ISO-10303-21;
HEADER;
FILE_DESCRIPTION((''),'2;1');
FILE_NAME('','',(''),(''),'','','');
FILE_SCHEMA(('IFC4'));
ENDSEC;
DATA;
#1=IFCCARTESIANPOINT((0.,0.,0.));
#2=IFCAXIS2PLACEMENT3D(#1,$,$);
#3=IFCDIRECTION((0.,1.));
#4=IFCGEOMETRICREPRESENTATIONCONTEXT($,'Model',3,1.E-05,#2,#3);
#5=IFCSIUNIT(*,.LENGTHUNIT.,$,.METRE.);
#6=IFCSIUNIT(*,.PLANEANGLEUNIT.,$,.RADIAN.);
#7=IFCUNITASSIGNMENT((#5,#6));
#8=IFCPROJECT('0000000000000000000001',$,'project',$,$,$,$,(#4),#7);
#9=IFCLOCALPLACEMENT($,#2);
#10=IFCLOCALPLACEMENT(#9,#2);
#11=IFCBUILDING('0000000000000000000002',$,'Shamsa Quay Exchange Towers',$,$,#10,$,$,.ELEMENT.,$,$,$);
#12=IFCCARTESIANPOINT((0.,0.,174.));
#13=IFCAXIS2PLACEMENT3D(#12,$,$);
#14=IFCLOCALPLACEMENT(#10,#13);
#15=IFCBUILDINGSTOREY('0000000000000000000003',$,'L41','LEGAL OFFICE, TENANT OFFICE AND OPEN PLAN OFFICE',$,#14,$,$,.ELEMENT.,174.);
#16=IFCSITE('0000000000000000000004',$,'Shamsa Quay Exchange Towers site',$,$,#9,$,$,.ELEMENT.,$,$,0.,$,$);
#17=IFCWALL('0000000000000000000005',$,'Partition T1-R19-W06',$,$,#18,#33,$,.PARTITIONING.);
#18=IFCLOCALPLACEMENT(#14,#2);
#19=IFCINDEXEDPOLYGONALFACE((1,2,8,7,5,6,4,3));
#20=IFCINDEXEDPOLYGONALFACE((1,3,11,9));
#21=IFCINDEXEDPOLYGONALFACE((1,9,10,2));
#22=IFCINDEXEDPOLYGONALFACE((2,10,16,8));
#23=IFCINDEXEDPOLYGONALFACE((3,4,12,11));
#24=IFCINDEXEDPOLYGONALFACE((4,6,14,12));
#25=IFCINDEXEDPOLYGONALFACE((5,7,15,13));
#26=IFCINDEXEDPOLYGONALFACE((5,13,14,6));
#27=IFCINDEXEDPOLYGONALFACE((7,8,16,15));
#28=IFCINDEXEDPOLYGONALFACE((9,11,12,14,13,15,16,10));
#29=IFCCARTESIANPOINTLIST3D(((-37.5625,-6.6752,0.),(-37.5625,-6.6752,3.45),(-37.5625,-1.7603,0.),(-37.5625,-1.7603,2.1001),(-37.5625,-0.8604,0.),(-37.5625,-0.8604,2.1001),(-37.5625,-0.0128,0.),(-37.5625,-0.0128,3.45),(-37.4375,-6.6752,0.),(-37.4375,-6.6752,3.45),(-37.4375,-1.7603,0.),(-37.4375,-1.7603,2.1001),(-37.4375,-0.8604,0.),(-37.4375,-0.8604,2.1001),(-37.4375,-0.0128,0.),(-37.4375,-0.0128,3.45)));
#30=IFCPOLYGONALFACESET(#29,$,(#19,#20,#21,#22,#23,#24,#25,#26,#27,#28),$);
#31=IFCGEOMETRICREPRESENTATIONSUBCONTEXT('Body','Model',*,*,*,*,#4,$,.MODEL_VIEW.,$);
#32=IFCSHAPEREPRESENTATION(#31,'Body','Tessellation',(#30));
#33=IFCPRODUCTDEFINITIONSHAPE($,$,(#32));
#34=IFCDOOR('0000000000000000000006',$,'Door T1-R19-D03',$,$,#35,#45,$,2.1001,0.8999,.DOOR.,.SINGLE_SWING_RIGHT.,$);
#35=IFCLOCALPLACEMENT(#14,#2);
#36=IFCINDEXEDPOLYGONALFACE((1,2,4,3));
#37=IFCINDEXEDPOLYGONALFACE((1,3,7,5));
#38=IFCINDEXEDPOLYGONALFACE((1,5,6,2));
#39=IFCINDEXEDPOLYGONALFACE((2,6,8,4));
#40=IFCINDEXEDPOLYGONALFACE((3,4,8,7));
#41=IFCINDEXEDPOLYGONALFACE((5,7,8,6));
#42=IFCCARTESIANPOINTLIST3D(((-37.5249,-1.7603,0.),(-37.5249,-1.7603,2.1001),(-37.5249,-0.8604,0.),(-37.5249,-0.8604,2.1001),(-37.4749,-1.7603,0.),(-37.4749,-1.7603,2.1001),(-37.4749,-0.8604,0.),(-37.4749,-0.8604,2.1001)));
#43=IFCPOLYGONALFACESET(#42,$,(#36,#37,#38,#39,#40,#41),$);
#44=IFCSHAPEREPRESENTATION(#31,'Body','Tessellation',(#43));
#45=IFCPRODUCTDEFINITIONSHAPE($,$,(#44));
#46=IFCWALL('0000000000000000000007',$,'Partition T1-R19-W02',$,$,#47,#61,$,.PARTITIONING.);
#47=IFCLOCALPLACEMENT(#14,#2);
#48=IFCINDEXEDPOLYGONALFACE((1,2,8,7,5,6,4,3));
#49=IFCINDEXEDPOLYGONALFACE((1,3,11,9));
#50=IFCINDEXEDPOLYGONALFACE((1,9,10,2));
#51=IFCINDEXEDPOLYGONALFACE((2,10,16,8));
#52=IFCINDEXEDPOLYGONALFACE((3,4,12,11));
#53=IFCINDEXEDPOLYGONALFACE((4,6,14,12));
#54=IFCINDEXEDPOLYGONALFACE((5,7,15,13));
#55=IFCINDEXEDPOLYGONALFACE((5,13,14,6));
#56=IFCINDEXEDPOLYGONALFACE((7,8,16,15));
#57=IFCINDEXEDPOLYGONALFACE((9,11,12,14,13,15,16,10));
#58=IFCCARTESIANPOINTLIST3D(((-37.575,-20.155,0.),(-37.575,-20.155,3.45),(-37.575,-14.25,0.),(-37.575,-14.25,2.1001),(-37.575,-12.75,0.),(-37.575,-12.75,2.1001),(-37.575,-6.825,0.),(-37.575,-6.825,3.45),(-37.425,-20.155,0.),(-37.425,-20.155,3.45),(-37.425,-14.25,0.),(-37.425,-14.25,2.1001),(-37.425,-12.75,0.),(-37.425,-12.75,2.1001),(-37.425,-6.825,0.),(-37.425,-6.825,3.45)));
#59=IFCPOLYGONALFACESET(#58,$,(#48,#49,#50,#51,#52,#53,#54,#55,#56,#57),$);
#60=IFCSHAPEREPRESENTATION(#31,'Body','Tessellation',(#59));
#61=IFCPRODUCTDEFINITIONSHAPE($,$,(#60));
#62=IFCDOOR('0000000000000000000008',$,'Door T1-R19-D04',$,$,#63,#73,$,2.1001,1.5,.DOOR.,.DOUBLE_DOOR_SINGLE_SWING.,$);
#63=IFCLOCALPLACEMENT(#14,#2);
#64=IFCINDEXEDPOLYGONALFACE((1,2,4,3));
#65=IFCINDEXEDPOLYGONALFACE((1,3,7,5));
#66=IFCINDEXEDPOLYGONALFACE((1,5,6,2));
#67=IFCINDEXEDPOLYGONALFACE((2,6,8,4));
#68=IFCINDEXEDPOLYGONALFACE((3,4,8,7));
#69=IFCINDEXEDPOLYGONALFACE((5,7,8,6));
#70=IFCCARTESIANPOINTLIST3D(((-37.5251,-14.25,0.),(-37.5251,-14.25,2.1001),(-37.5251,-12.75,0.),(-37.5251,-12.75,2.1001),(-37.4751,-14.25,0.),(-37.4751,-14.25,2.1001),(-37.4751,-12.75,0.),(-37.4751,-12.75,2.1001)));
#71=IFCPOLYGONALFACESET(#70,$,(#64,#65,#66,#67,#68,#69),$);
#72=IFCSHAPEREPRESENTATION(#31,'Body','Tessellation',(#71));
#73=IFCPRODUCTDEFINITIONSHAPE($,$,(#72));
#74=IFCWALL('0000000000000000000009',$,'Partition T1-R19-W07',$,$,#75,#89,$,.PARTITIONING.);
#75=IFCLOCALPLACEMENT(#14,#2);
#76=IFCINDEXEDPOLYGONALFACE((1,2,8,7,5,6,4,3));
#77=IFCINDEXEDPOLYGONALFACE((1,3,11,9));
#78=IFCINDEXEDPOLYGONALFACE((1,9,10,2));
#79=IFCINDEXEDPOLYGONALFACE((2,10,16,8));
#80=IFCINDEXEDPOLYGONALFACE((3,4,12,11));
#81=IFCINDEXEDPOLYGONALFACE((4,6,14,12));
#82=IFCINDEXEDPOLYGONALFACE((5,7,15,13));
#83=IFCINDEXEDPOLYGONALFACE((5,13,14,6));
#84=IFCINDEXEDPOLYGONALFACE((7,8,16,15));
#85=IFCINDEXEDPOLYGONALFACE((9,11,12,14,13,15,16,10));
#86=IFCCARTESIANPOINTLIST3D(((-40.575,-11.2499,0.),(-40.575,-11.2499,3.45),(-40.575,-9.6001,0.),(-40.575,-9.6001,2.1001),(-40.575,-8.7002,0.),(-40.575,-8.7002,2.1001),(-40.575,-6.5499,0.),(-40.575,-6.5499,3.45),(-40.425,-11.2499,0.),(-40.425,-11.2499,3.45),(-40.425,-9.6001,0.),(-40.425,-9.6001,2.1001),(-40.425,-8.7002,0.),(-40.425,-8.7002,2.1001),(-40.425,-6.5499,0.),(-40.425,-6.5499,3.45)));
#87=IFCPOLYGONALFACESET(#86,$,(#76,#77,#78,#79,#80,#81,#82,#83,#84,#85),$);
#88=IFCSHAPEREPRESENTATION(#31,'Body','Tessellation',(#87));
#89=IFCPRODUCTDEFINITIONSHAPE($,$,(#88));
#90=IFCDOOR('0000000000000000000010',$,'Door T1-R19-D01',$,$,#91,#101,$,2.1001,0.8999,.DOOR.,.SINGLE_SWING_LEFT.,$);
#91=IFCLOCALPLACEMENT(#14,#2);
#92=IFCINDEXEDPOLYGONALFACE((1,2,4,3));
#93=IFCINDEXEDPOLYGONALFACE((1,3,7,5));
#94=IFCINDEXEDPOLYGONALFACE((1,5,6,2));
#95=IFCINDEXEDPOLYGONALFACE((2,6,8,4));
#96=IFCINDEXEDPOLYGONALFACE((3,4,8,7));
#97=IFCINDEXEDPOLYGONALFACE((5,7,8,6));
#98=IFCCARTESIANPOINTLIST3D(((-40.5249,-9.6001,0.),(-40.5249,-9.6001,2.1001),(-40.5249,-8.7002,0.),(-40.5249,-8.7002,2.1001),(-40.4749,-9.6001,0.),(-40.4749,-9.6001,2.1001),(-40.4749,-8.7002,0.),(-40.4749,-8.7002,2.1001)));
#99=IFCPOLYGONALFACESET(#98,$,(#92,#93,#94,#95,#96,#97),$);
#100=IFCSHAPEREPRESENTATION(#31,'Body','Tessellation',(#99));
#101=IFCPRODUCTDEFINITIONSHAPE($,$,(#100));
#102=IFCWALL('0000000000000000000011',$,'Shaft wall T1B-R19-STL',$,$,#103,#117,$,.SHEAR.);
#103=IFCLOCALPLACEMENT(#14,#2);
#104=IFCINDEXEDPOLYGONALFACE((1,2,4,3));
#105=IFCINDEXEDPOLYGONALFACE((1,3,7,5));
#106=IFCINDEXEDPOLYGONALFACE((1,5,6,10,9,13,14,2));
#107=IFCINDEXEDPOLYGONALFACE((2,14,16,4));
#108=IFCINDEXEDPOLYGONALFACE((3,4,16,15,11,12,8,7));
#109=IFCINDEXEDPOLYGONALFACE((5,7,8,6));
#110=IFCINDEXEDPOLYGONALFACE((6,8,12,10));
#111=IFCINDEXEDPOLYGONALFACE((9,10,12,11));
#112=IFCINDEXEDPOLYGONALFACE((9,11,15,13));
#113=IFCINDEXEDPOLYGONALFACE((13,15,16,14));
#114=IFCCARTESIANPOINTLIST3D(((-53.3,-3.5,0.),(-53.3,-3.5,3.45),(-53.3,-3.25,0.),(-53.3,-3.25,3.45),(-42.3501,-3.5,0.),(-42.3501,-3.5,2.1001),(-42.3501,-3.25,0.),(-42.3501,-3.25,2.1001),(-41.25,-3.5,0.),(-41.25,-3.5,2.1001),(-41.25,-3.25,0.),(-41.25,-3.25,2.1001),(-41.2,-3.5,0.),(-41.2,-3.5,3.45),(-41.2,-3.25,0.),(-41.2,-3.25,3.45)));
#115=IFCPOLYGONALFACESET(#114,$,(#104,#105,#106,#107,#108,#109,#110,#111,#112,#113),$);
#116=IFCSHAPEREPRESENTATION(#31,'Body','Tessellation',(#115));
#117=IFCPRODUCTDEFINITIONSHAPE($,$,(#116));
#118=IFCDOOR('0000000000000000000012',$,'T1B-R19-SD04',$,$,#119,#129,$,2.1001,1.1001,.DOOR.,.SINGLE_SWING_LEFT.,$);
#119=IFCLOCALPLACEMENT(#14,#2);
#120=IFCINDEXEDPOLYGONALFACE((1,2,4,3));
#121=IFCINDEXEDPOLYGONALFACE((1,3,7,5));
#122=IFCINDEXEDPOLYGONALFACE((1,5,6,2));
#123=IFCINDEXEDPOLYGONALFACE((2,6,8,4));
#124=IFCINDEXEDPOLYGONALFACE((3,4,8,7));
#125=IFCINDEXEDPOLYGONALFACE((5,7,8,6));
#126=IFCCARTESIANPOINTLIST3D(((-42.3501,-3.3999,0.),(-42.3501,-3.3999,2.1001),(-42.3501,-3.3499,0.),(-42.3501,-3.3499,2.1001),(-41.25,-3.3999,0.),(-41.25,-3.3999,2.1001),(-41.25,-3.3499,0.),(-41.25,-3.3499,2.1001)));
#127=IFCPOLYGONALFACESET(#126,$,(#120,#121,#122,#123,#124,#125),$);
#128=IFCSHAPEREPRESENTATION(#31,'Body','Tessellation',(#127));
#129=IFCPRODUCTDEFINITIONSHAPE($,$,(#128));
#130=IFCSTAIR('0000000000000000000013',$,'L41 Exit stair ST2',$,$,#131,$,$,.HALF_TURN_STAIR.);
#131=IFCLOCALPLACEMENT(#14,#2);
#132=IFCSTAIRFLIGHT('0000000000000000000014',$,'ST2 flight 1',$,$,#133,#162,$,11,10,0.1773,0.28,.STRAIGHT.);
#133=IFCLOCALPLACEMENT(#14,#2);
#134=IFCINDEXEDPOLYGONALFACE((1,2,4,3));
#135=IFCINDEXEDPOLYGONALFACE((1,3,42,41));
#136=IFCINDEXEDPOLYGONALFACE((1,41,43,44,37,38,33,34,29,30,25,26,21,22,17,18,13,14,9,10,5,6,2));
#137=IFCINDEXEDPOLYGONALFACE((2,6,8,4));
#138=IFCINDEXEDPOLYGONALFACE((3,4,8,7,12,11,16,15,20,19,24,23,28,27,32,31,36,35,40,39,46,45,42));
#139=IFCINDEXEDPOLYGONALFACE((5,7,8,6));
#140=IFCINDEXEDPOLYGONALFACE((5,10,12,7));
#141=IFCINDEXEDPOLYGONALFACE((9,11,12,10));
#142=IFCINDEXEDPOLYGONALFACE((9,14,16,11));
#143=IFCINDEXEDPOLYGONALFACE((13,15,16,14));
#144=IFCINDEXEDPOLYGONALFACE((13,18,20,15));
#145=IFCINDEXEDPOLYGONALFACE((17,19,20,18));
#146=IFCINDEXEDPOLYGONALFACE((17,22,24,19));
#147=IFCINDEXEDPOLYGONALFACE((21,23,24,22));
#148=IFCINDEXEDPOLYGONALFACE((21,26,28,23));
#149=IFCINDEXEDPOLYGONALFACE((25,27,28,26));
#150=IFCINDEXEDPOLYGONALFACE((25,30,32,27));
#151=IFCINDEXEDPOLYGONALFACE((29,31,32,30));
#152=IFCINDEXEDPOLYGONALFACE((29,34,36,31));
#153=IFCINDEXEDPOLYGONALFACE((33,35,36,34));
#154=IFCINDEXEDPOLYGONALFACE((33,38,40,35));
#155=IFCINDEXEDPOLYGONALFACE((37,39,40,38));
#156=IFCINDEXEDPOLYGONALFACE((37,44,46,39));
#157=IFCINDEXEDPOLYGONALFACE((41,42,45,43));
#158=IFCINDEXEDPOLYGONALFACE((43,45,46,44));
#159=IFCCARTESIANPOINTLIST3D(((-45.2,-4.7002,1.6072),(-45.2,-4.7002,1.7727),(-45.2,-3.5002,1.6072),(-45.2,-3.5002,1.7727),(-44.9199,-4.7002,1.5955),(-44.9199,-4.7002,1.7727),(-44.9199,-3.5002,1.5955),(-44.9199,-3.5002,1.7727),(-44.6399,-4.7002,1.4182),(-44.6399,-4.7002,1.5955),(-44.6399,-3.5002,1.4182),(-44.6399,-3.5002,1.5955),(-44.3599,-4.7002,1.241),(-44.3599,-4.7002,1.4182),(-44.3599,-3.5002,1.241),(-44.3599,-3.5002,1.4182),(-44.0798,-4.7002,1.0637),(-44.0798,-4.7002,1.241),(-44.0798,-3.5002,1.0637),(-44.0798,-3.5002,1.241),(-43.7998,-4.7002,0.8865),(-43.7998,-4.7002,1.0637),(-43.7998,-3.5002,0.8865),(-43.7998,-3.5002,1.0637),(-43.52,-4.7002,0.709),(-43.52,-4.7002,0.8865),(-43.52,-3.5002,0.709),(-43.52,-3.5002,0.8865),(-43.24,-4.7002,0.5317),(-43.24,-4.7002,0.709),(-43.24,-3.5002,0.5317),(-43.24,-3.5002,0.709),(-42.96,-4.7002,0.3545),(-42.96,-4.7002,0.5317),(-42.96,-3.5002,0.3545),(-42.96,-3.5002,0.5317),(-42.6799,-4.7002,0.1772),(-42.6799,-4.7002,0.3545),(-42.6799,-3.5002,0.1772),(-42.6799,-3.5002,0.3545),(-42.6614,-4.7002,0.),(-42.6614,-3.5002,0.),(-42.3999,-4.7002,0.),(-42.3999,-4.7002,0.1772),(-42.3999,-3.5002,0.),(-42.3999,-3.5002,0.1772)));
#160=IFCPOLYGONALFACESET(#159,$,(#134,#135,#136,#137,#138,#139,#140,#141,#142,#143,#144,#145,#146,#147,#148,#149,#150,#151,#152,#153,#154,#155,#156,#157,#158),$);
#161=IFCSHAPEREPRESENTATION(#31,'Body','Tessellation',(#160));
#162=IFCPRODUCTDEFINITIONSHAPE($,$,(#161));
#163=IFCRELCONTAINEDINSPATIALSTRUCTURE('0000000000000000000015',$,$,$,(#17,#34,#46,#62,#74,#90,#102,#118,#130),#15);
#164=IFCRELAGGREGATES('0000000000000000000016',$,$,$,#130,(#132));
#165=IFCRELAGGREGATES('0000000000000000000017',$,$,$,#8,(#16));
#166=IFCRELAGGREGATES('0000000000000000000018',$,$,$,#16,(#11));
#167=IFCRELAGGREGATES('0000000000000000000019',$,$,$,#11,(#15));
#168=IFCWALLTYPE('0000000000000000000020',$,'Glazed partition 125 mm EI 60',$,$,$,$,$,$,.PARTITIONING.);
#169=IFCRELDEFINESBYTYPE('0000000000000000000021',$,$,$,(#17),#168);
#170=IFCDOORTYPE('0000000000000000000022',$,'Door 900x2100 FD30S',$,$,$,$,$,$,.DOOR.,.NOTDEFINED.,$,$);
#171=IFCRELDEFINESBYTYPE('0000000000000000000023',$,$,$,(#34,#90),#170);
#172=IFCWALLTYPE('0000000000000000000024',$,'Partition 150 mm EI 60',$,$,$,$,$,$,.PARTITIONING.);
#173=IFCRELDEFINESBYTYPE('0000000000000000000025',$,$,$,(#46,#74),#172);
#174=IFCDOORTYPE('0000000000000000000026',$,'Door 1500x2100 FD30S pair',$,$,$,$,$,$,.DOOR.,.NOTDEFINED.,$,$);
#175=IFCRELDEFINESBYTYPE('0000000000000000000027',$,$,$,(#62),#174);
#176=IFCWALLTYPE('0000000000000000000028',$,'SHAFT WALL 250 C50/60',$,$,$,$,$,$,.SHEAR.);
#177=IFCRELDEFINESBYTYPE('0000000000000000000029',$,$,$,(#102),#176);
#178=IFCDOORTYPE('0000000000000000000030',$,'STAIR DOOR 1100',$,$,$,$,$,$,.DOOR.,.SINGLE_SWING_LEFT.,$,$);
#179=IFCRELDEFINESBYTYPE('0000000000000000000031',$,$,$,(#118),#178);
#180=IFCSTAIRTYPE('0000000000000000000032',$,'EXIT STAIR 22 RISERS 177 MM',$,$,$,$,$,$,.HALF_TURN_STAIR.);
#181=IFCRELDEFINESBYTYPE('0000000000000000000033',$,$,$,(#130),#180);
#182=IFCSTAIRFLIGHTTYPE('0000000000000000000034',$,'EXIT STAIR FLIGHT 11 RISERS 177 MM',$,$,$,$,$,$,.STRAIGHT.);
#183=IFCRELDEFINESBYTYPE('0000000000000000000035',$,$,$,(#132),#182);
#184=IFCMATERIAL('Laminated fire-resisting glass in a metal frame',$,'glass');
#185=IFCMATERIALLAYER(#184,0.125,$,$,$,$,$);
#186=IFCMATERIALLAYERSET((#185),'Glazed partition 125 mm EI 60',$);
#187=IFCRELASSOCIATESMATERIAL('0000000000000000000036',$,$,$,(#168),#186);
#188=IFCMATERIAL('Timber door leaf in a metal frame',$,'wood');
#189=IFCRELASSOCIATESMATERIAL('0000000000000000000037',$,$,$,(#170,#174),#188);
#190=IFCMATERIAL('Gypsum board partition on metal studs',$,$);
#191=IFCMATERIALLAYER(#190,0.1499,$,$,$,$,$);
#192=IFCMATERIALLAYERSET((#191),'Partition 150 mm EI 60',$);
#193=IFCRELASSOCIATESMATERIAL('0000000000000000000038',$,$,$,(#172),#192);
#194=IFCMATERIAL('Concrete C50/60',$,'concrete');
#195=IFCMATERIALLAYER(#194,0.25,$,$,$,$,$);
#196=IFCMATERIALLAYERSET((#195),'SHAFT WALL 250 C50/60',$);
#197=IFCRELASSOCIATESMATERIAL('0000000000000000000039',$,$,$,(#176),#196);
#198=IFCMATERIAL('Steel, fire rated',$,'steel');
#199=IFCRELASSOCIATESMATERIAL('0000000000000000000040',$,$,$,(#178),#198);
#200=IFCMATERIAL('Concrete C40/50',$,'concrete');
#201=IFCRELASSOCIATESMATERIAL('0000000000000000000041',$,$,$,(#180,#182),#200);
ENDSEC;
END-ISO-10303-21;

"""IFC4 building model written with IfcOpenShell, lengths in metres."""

from ifc_helpers import new_model, si_unit, direction, frame, frame_2d, origin, place, context, subcontext, project, spatial, polyline, rectangle, outline, extrude, material, layer, layer_set, type_object, element, fill, aggregate, save


model = new_model("IFC4")

# Units and contexts
model_context = context("Model", 3, precision=1e-05, world=origin(), true_north=direction((0.0, 1.0)))
body_context = subcontext(model_context, "Body", "Model", "MODEL_VIEW")
ifc_project = project(units=[si_unit("LENGTHUNIT", "METRE"), si_unit("PLANEANGLEUNIT", "RADIAN")], contexts=[model_context])

# Site, building, storey
site_placement = place(None, origin())
site = spatial("IfcSite", under=ifc_project, at=site_placement, Name="Shamsa Quay Exchange Towers site", CompositionType="ELEMENT", RefElevation=0.0)
building_placement = place(site_placement, origin())
building = spatial("IfcBuilding", under=site, at=building_placement, Name="Shamsa Quay Exchange Towers", CompositionType="ELEMENT")
storey_placement = place(building_placement, frame((0.0, 0.0, 174.0)))
storey = spatial("IfcBuildingStorey", under=building, at=storey_placement, Name="L41", Description="LEGAL OFFICE, TENANT OFFICE AND OPEN PLAN OFFICE", CompositionType="ELEMENT", Elevation=174.0)

# Walls, openings, doors
ifc_material_1 = material(Name="Steel, fire rated", Category="steel")
ifc_material_2 = material(Name="Laminated fire-resisting glass in a metal frame", Category="glass")
ifc_layer_1 = layer(ifc_material_2, 0.125)
ifc_layer_set_1 = layer_set([ifc_layer_1], Name="Glazed partition 125 mm EI 60")
wall_type_1 = type_object("IfcWallType", Name="Glazed partition 125 mm EI 60", PredefinedType="PARTITIONING", material=ifc_layer_set_1)
wall_1_placement = place(storey_placement, frame((-37.5, -6.675, 0.0), z_axis=(0.0, 0.0, 1.0), x_axis=(0.0, 1.0, 0.0)))
wall_1 = element("IfcWall", 1, at=wall_1_placement, inside=storey, type_object=wall_type_1, Name="Partition T1-R19-W06", PredefinedType="PARTITIONING", context=body_context, shape_type="SweptSolid", body=[
    extrude(rectangle(XDim=6.6624, YDim=0.125, at=frame_2d((3.3311, 0.0))), origin(), (0.0, 0.0, 1.0), 3.45),
])
opening_1_placement = place(wall_1_placement, frame((4.9148, 0.0, 0.0)))
opening_1 = element("IfcOpeningElement", 2, at=opening_1_placement, cuts=wall_1, PredefinedType="OPENING", context=body_context, shape_type="SweptSolid", body=[
    extrude(rectangle(XDim=0.8999, YDim=2.1001, at=frame_2d((0.45, 1.05))), frame((0.0, 0.0725, 0.0), z_axis=(0.0, -1.0, 0.0), x_axis=(1.0, 0.0, 0.0)), (0.0, 0.0, 1.0), 0.145),
])
ifc_material_3 = material(Name="Timber door leaf in a metal frame", Category="wood")
door_type_1 = type_object("IfcDoorType", Name="Door 900x2100 FD30S", OperationType="NOTDEFINED", PredefinedType="DOOR", material=ifc_material_3)
door_1_placement = place(opening_1_placement, origin())
door_1 = element("IfcDoor", 3, at=door_1_placement, inside=storey, type_object=door_type_1, Name="Door T1-R19-D03", OperationType="SINGLE_SWING_RIGHT", OverallHeight=2.1001, OverallWidth=0.8999, PredefinedType="DOOR", context=body_context, shape_type="SweptSolid", body=[
    extrude(rectangle(XDim=0.8999, YDim=2.1001, at=frame_2d((0.45, 1.05))), frame((0.0, 0.0249, 0.0), z_axis=(0.0, -1.0, 0.0), x_axis=(1.0, 0.0, 0.0)), (0.0, 0.0, 1.0), 0.05),
])
fill(opening_1, door_1)
ifc_material_4 = material(Name="Gypsum board partition on metal studs")
ifc_layer_2 = layer(ifc_material_4, 0.1499)
ifc_layer_set_2 = layer_set([ifc_layer_2], Name="Partition 150 mm EI 60")
wall_type_2 = type_object("IfcWallType", Name="Partition 150 mm EI 60", PredefinedType="PARTITIONING", material=ifc_layer_set_2)
wall_2_placement = place(storey_placement, frame((-37.5, -6.825, 0.0), z_axis=(0.0, 0.0, 1.0), x_axis=(0.0, -1.0, 0.0)))
wall_2 = element("IfcWall", 4, at=wall_2_placement, inside=storey, type_object=wall_type_2, Name="Partition T1-R19-W02", PredefinedType="PARTITIONING", context=body_context, shape_type="SweptSolid", body=[
    extrude(rectangle(XDim=13.3301, YDim=0.1499, at=frame_2d((6.665, 0.0))), origin(), (0.0, 0.0, 1.0), 3.45),
])
opening_2_placement = place(wall_2_placement, frame((5.925, 0.0, 0.0)))
opening_2 = element("IfcOpeningElement", 5, at=opening_2_placement, cuts=wall_2, PredefinedType="OPENING", context=body_context, shape_type="SweptSolid", body=[
    extrude(rectangle(XDim=1.5, YDim=2.1001, at=frame_2d((0.75, 1.05))), frame((0.0, 0.085, 0.0), z_axis=(0.0, -1.0, 0.0), x_axis=(1.0, 0.0, 0.0)), (0.0, 0.0, 1.0), 0.1699),
])
door_type_2 = type_object("IfcDoorType", Name="Door 1500x2100 FD30S pair", OperationType="NOTDEFINED", PredefinedType="DOOR", material=ifc_material_3)
door_2_placement = place(opening_2_placement, origin())
door_2 = element("IfcDoor", 6, at=door_2_placement, inside=storey, type_object=door_type_2, Name="Door T1-R19-D04", OperationType="DOUBLE_DOOR_SINGLE_SWING", OverallHeight=2.1001, OverallWidth=1.5, PredefinedType="DOOR", context=body_context, shape_type="SweptSolid", body=[
    extrude(rectangle(XDim=1.5, YDim=2.1001, at=frame_2d((0.75, 1.05))), frame((0.0, 0.0249, 0.0), z_axis=(0.0, -1.0, 0.0), x_axis=(1.0, 0.0, 0.0)), (0.0, 0.0, 1.0), 0.05),
])
fill(opening_2, door_2)
wall_3_placement = place(storey_placement, frame((-40.5, -11.25, 0.0), z_axis=(0.0, 0.0, 1.0), x_axis=(0.0, 1.0, 0.0)))
wall_3 = element("IfcWall", 7, at=wall_3_placement, inside=storey, type_object=wall_type_2, Name="Partition T1-R19-W07", PredefinedType="PARTITIONING", context=body_context, shape_type="SweptSolid", body=[
    extrude(rectangle(XDim=4.7, YDim=0.1499, at=frame_2d((2.3501, 0.0))), origin(), (0.0, 0.0, 1.0), 3.45),
])
opening_3_placement = place(wall_3_placement, frame((1.6499, 0.0, 0.0)))
opening_3 = element("IfcOpeningElement", 8, at=opening_3_placement, cuts=wall_3, PredefinedType="OPENING", context=body_context, shape_type="SweptSolid", body=[
    extrude(rectangle(XDim=0.8999, YDim=2.1001, at=frame_2d((0.45, 1.05))), frame((0.0, 0.085, 0.0), z_axis=(0.0, -1.0, 0.0), x_axis=(1.0, 0.0, 0.0)), (0.0, 0.0, 1.0), 0.1699),
])
door_3_placement = place(opening_3_placement, origin())
door_3 = element("IfcDoor", 9, at=door_3_placement, inside=storey, type_object=door_type_1, Name="Door T1-R19-D01", OperationType="SINGLE_SWING_LEFT", OverallHeight=2.1001, OverallWidth=0.8999, PredefinedType="DOOR", context=body_context, shape_type="SweptSolid", body=[
    extrude(rectangle(XDim=0.8999, YDim=2.1001, at=frame_2d((0.45, 1.05))), frame((0.0, 0.0249, 0.0), z_axis=(0.0, -1.0, 0.0), x_axis=(1.0, 0.0, 0.0)), (0.0, 0.0, 1.0), 0.05),
])
fill(opening_3, door_3)
ifc_material_5 = material(Name="Concrete C50/60", Category="concrete")
ifc_layer_3 = layer(ifc_material_5, 0.25)
ifc_layer_set_3 = layer_set([ifc_layer_3], Name="SHAFT WALL 250 C50/60")
wall_type_3 = type_object("IfcWallType", Name="SHAFT WALL 250 C50/60", PredefinedType="SHEAR", material=ifc_layer_set_3)
wall_4_placement = place(storey_placement, frame((-41.2, -3.375, 0.0), z_axis=(0.0, 0.0, 1.0), x_axis=(-1.0, 0.0, 0.0)))
wall_4 = element("IfcWall", 10, at=wall_4_placement, inside=storey, type_object=wall_type_3, Name="Shaft wall T1B-R19-STL", PredefinedType="SHEAR", context=body_context, shape_type="SweptSolid", body=[
    extrude(rectangle(XDim=12.1001, YDim=0.25, at=frame_2d((6.05, 0.0))), origin(), (0.0, 0.0, 1.0), 3.45),
])
opening_4_placement = place(wall_4_placement, frame((0.05, 0.0, 0.0)))
opening_4 = element("IfcOpeningElement", 11, at=opening_4_placement, cuts=wall_4, PredefinedType="OPENING", context=body_context, shape_type="SweptSolid", body=[
    extrude(rectangle(XDim=1.1001, YDim=2.1001, at=frame_2d((0.55, 1.05))), frame((0.0, 0.135, 0.0), z_axis=(0.0, -1.0, 0.0), x_axis=(1.0, 0.0, 0.0)), (0.0, 0.0, 1.0), 0.27),
])
door_type_3 = type_object("IfcDoorType", Name="STAIR DOOR 1100", OperationType="SINGLE_SWING_LEFT", PredefinedType="DOOR", material=ifc_material_1)
door_4_placement = place(opening_4_placement, origin())
door_4 = element("IfcDoor", 12, at=door_4_placement, inside=storey, type_object=door_type_3, Name="T1B-R19-SD04", OperationType="SINGLE_SWING_LEFT", OverallHeight=2.1001, OverallWidth=1.1001, PredefinedType="DOOR", context=body_context, shape_type="SweptSolid", body=[
    extrude(rectangle(XDim=1.1001, YDim=2.1001, at=frame_2d((0.55, 1.05))), frame((0.0, 0.0249, 0.0), z_axis=(0.0, -1.0, 0.0), x_axis=(1.0, 0.0, 0.0)), (0.0, 0.0, 1.0), 0.05),
])
fill(opening_4, door_4)

# Stair, stair flight
ifc_material_6 = material(Name="Concrete C40/50", Category="concrete")
stair_type = type_object("IfcStairType", Name="EXIT STAIR 22 RISERS 177 MM", PredefinedType="HALF_TURN_STAIR", material=ifc_material_6)
stair_placement = place(storey_placement, origin())
stair = element("IfcStair", 13, at=stair_placement, inside=storey, type_object=stair_type, Name="L41 Exit stair ST2", PredefinedType="HALF_TURN_STAIR")
stair_flight_type = type_object("IfcStairFlightType", Name="EXIT STAIR FLIGHT 11 RISERS 177 MM", PredefinedType="STRAIGHT", material=ifc_material_6)
stair_flight_placement = place(storey_placement, frame((-42.3999, -4.1001, 0.0), z_axis=(0.0, 0.0, 1.0), x_axis=(-1.0, 0.0, 0.0)))
stair_flight = element("IfcStairFlight", 14, at=stair_flight_placement, type_object=stair_flight_type, Name="ST2 flight 1", NumberOfRisers=11, NumberOfTreads=10, PredefinedType="STRAIGHT", RiserHeight=0.1773, TreadLength=0.28, context=body_context, shape_type="SweptSolid", body=[
    extrude(outline(polyline([(0.0, 0.0), (0.0, 0.1772), (0.28, 0.1772), (0.28, 0.3545), (0.5601, 0.3545), (0.5601, 0.5317), (0.8401, 0.5317), (0.8401, 0.709), (1.1201, 0.709), (1.1201, 0.8865), (1.3999, 0.8865), (1.3999, 1.0637), (1.6799, 1.0637), (1.6799, 1.241), (1.96, 1.241), (1.96, 1.4182), (2.24, 1.4182), (2.24, 1.5955), (2.52, 1.5955), (2.52, 1.7727), (2.8, 1.7727), (2.8, 1.95), (2.8, 1.6072), (0.2615, 0.0), (0.0, 0.0)])), frame((0.0, 0.6001, 0.0), z_axis=(0.0, -1.0, 0.0), x_axis=(1.0, 0.0, 0.0)), (0.0, 0.0, 1.0), 1.2),
])
aggregate(stair, [stair_flight])

save(model, "model.ifc")
